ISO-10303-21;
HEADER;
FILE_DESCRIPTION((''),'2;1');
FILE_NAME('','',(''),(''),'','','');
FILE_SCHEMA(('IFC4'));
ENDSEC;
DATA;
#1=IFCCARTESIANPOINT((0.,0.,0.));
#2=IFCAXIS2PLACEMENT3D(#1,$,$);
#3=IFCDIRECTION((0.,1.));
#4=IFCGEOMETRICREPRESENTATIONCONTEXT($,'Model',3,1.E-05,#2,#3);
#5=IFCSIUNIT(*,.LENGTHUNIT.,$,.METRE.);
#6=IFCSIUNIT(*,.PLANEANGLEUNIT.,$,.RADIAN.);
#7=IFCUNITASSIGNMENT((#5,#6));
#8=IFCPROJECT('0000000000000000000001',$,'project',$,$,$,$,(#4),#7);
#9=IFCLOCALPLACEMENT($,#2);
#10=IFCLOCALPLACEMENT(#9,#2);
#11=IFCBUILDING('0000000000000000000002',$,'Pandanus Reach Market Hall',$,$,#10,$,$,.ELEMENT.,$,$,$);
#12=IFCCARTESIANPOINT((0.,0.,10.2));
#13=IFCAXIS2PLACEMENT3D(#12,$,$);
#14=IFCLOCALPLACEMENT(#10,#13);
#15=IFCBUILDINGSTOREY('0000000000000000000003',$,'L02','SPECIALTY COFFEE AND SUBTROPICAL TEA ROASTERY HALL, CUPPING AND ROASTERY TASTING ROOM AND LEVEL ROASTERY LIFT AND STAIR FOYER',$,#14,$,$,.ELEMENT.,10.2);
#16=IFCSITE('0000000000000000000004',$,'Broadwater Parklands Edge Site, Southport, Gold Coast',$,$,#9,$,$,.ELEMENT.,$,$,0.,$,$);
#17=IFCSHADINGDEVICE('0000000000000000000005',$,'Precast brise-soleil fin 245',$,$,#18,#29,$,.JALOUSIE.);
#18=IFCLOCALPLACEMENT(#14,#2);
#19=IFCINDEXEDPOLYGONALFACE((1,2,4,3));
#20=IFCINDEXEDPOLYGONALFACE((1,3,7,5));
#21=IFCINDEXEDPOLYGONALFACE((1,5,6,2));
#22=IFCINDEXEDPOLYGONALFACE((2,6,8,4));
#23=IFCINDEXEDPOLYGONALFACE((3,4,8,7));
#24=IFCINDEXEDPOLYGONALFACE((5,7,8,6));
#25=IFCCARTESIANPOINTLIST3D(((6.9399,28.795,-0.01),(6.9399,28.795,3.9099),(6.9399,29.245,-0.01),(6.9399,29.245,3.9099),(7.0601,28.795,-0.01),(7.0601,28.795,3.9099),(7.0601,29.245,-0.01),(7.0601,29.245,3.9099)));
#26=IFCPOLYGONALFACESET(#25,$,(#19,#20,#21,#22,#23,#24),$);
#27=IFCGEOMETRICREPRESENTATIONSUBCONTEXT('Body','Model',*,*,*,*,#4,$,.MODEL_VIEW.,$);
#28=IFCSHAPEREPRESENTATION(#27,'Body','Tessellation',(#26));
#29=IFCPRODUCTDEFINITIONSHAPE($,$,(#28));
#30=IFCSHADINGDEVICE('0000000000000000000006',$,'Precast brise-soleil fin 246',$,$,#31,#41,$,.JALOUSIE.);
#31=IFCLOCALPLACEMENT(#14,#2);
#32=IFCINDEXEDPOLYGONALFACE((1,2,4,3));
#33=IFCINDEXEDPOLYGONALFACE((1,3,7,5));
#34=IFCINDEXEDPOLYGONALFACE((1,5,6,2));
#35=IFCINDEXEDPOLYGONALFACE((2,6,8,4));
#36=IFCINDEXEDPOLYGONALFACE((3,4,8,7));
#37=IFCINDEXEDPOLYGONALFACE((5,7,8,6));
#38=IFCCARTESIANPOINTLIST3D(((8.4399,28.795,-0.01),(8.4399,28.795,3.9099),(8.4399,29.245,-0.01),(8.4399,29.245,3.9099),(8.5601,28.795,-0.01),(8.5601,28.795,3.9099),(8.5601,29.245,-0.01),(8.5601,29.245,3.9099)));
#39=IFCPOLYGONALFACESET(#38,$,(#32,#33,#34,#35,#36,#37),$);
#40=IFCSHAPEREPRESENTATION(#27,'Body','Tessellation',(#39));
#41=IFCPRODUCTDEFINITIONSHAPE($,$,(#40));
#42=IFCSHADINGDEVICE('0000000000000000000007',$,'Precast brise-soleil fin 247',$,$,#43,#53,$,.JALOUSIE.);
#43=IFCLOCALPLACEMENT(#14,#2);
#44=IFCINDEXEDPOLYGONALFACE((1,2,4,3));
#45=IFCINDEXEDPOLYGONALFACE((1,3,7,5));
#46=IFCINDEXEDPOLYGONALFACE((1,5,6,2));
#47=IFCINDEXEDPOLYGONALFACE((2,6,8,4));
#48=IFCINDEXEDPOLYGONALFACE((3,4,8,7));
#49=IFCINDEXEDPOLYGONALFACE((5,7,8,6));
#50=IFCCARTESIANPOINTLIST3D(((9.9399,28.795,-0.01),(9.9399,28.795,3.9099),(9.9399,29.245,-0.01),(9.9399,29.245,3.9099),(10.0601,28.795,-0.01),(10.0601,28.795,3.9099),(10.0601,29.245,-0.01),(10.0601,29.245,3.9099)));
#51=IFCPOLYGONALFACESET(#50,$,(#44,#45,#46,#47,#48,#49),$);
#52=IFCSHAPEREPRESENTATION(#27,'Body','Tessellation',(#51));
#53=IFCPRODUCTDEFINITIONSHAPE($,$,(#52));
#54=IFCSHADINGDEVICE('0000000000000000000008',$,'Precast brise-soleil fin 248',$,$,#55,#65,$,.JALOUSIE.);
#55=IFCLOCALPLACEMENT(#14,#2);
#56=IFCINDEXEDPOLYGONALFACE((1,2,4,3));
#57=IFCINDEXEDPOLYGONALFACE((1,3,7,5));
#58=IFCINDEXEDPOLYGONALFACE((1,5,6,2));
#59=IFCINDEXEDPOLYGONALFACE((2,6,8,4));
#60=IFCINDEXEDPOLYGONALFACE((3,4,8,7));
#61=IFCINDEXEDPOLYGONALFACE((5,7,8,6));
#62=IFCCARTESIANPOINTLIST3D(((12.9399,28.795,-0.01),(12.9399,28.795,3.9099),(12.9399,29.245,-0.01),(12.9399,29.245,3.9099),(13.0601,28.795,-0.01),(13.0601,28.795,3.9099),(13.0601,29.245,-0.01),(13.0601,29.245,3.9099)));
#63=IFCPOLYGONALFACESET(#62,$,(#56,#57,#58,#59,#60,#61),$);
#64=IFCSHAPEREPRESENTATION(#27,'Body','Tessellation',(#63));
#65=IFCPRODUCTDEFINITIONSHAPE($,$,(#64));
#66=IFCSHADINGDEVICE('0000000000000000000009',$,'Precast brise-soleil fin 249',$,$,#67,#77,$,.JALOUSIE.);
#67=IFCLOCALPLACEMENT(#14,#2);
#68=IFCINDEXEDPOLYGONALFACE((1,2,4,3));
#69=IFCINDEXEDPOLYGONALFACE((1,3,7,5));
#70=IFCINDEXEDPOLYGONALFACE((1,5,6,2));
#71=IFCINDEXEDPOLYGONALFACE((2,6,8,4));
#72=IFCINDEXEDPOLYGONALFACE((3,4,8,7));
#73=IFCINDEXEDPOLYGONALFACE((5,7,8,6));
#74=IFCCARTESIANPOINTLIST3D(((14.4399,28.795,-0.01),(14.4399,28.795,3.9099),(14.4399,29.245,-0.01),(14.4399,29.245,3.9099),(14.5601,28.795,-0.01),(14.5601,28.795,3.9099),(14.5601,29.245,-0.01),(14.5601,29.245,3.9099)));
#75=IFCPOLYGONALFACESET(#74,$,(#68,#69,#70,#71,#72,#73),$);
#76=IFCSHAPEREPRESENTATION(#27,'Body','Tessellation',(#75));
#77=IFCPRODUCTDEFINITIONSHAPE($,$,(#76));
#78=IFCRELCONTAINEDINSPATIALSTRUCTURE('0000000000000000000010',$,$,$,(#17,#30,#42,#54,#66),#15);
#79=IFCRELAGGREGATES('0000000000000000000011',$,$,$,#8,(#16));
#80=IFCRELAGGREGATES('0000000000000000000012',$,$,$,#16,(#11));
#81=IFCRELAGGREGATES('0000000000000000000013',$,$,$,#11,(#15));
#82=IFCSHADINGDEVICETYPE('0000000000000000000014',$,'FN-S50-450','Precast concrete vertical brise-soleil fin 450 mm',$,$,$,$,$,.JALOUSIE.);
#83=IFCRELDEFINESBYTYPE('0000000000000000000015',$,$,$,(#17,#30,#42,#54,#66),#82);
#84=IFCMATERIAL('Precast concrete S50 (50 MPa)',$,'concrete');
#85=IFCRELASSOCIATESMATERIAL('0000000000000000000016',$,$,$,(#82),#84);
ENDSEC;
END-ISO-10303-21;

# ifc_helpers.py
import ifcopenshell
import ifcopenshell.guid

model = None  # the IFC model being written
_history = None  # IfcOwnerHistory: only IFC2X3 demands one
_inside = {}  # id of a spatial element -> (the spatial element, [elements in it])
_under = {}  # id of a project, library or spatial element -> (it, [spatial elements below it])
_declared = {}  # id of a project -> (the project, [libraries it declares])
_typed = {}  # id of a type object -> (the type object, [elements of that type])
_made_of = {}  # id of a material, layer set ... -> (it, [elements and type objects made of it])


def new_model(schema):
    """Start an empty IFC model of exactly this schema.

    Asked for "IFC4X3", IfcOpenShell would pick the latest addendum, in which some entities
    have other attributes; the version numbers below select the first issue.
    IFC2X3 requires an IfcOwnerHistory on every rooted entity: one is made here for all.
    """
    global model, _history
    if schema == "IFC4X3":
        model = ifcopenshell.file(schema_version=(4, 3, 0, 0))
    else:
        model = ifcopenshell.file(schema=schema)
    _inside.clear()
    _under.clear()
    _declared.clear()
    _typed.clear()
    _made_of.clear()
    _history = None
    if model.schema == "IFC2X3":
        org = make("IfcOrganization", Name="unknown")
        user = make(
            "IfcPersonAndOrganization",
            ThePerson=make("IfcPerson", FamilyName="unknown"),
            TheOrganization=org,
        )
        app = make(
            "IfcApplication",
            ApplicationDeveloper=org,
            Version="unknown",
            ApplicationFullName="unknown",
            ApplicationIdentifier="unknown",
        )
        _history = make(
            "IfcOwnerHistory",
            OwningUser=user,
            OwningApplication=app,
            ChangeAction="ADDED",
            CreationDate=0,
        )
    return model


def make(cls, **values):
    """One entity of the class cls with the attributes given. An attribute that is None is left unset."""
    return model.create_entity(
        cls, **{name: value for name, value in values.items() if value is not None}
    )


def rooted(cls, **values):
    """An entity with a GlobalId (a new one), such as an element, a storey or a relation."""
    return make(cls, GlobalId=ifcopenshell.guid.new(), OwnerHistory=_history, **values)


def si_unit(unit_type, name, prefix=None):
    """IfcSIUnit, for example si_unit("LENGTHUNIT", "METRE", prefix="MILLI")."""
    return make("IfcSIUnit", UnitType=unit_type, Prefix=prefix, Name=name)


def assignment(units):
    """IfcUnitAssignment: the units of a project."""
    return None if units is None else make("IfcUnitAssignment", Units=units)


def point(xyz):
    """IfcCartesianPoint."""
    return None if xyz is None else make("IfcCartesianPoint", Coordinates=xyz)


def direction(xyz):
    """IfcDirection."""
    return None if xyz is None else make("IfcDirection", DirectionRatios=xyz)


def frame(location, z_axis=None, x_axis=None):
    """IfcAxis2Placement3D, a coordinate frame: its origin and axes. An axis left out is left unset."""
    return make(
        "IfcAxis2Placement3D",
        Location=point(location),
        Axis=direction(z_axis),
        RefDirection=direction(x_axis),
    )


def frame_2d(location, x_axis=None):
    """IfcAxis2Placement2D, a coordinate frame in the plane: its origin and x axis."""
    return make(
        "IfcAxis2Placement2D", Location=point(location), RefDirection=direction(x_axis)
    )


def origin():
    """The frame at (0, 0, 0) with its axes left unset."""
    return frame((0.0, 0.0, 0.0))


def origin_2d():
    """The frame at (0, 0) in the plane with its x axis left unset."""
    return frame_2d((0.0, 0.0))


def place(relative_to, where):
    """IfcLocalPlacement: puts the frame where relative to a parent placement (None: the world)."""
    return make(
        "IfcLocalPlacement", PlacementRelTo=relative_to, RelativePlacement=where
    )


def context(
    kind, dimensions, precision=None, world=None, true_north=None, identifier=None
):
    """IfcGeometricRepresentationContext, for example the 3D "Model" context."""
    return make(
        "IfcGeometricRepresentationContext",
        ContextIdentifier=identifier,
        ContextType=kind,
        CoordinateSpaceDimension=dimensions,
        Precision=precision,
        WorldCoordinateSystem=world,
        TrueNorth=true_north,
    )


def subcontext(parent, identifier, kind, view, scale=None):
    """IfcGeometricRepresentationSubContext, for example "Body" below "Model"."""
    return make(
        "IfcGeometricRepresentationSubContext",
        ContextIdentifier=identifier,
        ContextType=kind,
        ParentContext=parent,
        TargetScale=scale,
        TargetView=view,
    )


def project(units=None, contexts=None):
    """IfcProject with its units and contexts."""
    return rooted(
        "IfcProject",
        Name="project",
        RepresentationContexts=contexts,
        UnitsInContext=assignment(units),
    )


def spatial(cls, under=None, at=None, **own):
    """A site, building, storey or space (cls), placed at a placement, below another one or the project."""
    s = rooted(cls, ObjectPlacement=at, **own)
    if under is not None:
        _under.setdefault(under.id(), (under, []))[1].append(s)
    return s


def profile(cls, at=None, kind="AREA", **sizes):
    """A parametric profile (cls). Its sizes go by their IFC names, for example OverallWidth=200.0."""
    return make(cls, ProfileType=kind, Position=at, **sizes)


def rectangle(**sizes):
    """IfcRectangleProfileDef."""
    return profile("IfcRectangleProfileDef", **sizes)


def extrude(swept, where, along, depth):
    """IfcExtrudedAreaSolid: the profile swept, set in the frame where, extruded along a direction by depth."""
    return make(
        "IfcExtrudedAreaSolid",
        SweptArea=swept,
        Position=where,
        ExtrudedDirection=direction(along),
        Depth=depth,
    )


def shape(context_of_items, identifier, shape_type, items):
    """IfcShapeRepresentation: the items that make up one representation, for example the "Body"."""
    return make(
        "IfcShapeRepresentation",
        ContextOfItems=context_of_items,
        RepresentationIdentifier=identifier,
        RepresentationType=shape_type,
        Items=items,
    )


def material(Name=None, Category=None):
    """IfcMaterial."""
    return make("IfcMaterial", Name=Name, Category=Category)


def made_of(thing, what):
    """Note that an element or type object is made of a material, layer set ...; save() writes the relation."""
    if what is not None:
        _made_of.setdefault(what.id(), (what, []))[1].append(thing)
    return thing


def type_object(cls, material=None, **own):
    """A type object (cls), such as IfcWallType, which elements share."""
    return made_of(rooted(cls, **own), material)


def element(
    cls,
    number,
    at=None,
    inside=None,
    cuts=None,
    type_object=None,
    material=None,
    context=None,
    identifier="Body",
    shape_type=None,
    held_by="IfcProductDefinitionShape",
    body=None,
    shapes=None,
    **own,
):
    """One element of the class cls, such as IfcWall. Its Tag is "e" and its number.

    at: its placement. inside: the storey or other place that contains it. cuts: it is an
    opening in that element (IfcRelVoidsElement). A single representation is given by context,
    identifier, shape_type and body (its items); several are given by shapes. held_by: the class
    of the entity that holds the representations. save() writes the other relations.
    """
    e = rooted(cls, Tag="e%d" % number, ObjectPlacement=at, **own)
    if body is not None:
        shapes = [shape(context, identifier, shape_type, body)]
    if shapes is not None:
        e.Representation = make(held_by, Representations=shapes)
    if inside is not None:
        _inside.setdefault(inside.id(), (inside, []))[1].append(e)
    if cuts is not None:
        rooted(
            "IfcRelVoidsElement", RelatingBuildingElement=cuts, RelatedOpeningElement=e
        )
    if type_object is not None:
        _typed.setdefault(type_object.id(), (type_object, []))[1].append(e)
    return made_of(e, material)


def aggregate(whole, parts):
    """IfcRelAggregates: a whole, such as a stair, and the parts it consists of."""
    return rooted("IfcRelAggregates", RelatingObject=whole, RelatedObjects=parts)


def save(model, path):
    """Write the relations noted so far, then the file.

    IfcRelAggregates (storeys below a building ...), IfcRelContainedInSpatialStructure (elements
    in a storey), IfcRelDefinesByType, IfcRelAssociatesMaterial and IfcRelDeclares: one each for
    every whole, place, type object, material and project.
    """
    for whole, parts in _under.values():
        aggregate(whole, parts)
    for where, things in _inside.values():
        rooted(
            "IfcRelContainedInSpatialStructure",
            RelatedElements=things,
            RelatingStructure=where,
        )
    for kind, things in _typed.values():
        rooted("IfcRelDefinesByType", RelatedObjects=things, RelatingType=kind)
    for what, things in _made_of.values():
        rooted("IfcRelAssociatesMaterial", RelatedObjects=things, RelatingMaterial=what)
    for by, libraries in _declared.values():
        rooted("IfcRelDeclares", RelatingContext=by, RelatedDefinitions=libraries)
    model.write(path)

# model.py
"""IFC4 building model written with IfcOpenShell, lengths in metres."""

from ifc_helpers import new_model, si_unit, direction, frame, origin, origin_2d, place, context, subcontext, project, spatial, rectangle, extrude, material, type_object, element, save


model = new_model("IFC4")

# Units and contexts
model_context = context("Model", 3, precision=1e-05, world=origin(), true_north=direction((0.0, 1.0)))
body_context = subcontext(model_context, "Body", "Model", "MODEL_VIEW")
ifc_project = project(units=[si_unit("LENGTHUNIT", "METRE"), si_unit("PLANEANGLEUNIT", "RADIAN")], contexts=[model_context])

# Site, building, storey
site_placement = place(None, origin())
site = spatial("IfcSite", under=ifc_project, at=site_placement, Name="Broadwater Parklands Edge Site, Southport, Gold Coast", CompositionType="ELEMENT", RefElevation=0.0)
building_placement = place(site_placement, origin())
building = spatial("IfcBuilding", under=site, at=building_placement, Name="Pandanus Reach Market Hall", CompositionType="ELEMENT")
storey_placement = place(building_placement, frame((0.0, 0.0, 10.2)))
storey = spatial("IfcBuildingStorey", under=building, at=storey_placement, Name="L02", Description="SPECIALTY COFFEE AND SUBTROPICAL TEA ROASTERY HALL, CUPPING AND ROASTERY TASTING ROOM AND LEVEL ROASTERY LIFT AND STAIR FOYER", CompositionType="ELEMENT", Elevation=10.2)

# Shading devices
ifc_material_1 = material(Name="Precast concrete S50 (50 MPa)", Category="concrete")
shading_device_type = type_object("IfcShadingDeviceType", Name="FN-S50-450", Description="Precast concrete vertical brise-soleil fin 450 mm", PredefinedType="JALOUSIE", material=ifc_material_1)
for number, where, z_axis, x_axis, name in (
    (1, (7.0, 29.02, -0.01), (0.0, 0.0, 1.0), (0.0, 1.0, 0.0), "Precast brise-soleil fin 245"),
    (2, (8.5, 29.02, -0.01), (0.0, 0.0, 1.0), (0.0, 1.0, 0.0), "Precast brise-soleil fin 246"),
    (3, (10.0, 29.02, -0.01), (0.0, 0.0, 1.0), (0.0, 1.0, 0.0), "Precast brise-soleil fin 247"),
    (4, (13.0, 29.02, -0.01), (0.0, 0.0, 1.0), (0.0, 1.0, 0.0), "Precast brise-soleil fin 248"),
    (5, (14.5, 29.02, -0.01), (0.0, 0.0, 1.0), (0.0, 1.0, 0.0), "Precast brise-soleil fin 249"),
):
    element("IfcShadingDevice", number, at=place(storey_placement, frame(where, z_axis=z_axis, x_axis=x_axis)), inside=storey, type_object=shading_device_type, Name=name, PredefinedType="JALOUSIE", context=body_context, shape_type="SweptSolid", body=[
        extrude(rectangle(XDim=0.45, YDim=0.1201, at=origin_2d()), origin(), (0.0, 0.0, 1.0), 3.9199),
    ])

save(model, "model.ifc")
